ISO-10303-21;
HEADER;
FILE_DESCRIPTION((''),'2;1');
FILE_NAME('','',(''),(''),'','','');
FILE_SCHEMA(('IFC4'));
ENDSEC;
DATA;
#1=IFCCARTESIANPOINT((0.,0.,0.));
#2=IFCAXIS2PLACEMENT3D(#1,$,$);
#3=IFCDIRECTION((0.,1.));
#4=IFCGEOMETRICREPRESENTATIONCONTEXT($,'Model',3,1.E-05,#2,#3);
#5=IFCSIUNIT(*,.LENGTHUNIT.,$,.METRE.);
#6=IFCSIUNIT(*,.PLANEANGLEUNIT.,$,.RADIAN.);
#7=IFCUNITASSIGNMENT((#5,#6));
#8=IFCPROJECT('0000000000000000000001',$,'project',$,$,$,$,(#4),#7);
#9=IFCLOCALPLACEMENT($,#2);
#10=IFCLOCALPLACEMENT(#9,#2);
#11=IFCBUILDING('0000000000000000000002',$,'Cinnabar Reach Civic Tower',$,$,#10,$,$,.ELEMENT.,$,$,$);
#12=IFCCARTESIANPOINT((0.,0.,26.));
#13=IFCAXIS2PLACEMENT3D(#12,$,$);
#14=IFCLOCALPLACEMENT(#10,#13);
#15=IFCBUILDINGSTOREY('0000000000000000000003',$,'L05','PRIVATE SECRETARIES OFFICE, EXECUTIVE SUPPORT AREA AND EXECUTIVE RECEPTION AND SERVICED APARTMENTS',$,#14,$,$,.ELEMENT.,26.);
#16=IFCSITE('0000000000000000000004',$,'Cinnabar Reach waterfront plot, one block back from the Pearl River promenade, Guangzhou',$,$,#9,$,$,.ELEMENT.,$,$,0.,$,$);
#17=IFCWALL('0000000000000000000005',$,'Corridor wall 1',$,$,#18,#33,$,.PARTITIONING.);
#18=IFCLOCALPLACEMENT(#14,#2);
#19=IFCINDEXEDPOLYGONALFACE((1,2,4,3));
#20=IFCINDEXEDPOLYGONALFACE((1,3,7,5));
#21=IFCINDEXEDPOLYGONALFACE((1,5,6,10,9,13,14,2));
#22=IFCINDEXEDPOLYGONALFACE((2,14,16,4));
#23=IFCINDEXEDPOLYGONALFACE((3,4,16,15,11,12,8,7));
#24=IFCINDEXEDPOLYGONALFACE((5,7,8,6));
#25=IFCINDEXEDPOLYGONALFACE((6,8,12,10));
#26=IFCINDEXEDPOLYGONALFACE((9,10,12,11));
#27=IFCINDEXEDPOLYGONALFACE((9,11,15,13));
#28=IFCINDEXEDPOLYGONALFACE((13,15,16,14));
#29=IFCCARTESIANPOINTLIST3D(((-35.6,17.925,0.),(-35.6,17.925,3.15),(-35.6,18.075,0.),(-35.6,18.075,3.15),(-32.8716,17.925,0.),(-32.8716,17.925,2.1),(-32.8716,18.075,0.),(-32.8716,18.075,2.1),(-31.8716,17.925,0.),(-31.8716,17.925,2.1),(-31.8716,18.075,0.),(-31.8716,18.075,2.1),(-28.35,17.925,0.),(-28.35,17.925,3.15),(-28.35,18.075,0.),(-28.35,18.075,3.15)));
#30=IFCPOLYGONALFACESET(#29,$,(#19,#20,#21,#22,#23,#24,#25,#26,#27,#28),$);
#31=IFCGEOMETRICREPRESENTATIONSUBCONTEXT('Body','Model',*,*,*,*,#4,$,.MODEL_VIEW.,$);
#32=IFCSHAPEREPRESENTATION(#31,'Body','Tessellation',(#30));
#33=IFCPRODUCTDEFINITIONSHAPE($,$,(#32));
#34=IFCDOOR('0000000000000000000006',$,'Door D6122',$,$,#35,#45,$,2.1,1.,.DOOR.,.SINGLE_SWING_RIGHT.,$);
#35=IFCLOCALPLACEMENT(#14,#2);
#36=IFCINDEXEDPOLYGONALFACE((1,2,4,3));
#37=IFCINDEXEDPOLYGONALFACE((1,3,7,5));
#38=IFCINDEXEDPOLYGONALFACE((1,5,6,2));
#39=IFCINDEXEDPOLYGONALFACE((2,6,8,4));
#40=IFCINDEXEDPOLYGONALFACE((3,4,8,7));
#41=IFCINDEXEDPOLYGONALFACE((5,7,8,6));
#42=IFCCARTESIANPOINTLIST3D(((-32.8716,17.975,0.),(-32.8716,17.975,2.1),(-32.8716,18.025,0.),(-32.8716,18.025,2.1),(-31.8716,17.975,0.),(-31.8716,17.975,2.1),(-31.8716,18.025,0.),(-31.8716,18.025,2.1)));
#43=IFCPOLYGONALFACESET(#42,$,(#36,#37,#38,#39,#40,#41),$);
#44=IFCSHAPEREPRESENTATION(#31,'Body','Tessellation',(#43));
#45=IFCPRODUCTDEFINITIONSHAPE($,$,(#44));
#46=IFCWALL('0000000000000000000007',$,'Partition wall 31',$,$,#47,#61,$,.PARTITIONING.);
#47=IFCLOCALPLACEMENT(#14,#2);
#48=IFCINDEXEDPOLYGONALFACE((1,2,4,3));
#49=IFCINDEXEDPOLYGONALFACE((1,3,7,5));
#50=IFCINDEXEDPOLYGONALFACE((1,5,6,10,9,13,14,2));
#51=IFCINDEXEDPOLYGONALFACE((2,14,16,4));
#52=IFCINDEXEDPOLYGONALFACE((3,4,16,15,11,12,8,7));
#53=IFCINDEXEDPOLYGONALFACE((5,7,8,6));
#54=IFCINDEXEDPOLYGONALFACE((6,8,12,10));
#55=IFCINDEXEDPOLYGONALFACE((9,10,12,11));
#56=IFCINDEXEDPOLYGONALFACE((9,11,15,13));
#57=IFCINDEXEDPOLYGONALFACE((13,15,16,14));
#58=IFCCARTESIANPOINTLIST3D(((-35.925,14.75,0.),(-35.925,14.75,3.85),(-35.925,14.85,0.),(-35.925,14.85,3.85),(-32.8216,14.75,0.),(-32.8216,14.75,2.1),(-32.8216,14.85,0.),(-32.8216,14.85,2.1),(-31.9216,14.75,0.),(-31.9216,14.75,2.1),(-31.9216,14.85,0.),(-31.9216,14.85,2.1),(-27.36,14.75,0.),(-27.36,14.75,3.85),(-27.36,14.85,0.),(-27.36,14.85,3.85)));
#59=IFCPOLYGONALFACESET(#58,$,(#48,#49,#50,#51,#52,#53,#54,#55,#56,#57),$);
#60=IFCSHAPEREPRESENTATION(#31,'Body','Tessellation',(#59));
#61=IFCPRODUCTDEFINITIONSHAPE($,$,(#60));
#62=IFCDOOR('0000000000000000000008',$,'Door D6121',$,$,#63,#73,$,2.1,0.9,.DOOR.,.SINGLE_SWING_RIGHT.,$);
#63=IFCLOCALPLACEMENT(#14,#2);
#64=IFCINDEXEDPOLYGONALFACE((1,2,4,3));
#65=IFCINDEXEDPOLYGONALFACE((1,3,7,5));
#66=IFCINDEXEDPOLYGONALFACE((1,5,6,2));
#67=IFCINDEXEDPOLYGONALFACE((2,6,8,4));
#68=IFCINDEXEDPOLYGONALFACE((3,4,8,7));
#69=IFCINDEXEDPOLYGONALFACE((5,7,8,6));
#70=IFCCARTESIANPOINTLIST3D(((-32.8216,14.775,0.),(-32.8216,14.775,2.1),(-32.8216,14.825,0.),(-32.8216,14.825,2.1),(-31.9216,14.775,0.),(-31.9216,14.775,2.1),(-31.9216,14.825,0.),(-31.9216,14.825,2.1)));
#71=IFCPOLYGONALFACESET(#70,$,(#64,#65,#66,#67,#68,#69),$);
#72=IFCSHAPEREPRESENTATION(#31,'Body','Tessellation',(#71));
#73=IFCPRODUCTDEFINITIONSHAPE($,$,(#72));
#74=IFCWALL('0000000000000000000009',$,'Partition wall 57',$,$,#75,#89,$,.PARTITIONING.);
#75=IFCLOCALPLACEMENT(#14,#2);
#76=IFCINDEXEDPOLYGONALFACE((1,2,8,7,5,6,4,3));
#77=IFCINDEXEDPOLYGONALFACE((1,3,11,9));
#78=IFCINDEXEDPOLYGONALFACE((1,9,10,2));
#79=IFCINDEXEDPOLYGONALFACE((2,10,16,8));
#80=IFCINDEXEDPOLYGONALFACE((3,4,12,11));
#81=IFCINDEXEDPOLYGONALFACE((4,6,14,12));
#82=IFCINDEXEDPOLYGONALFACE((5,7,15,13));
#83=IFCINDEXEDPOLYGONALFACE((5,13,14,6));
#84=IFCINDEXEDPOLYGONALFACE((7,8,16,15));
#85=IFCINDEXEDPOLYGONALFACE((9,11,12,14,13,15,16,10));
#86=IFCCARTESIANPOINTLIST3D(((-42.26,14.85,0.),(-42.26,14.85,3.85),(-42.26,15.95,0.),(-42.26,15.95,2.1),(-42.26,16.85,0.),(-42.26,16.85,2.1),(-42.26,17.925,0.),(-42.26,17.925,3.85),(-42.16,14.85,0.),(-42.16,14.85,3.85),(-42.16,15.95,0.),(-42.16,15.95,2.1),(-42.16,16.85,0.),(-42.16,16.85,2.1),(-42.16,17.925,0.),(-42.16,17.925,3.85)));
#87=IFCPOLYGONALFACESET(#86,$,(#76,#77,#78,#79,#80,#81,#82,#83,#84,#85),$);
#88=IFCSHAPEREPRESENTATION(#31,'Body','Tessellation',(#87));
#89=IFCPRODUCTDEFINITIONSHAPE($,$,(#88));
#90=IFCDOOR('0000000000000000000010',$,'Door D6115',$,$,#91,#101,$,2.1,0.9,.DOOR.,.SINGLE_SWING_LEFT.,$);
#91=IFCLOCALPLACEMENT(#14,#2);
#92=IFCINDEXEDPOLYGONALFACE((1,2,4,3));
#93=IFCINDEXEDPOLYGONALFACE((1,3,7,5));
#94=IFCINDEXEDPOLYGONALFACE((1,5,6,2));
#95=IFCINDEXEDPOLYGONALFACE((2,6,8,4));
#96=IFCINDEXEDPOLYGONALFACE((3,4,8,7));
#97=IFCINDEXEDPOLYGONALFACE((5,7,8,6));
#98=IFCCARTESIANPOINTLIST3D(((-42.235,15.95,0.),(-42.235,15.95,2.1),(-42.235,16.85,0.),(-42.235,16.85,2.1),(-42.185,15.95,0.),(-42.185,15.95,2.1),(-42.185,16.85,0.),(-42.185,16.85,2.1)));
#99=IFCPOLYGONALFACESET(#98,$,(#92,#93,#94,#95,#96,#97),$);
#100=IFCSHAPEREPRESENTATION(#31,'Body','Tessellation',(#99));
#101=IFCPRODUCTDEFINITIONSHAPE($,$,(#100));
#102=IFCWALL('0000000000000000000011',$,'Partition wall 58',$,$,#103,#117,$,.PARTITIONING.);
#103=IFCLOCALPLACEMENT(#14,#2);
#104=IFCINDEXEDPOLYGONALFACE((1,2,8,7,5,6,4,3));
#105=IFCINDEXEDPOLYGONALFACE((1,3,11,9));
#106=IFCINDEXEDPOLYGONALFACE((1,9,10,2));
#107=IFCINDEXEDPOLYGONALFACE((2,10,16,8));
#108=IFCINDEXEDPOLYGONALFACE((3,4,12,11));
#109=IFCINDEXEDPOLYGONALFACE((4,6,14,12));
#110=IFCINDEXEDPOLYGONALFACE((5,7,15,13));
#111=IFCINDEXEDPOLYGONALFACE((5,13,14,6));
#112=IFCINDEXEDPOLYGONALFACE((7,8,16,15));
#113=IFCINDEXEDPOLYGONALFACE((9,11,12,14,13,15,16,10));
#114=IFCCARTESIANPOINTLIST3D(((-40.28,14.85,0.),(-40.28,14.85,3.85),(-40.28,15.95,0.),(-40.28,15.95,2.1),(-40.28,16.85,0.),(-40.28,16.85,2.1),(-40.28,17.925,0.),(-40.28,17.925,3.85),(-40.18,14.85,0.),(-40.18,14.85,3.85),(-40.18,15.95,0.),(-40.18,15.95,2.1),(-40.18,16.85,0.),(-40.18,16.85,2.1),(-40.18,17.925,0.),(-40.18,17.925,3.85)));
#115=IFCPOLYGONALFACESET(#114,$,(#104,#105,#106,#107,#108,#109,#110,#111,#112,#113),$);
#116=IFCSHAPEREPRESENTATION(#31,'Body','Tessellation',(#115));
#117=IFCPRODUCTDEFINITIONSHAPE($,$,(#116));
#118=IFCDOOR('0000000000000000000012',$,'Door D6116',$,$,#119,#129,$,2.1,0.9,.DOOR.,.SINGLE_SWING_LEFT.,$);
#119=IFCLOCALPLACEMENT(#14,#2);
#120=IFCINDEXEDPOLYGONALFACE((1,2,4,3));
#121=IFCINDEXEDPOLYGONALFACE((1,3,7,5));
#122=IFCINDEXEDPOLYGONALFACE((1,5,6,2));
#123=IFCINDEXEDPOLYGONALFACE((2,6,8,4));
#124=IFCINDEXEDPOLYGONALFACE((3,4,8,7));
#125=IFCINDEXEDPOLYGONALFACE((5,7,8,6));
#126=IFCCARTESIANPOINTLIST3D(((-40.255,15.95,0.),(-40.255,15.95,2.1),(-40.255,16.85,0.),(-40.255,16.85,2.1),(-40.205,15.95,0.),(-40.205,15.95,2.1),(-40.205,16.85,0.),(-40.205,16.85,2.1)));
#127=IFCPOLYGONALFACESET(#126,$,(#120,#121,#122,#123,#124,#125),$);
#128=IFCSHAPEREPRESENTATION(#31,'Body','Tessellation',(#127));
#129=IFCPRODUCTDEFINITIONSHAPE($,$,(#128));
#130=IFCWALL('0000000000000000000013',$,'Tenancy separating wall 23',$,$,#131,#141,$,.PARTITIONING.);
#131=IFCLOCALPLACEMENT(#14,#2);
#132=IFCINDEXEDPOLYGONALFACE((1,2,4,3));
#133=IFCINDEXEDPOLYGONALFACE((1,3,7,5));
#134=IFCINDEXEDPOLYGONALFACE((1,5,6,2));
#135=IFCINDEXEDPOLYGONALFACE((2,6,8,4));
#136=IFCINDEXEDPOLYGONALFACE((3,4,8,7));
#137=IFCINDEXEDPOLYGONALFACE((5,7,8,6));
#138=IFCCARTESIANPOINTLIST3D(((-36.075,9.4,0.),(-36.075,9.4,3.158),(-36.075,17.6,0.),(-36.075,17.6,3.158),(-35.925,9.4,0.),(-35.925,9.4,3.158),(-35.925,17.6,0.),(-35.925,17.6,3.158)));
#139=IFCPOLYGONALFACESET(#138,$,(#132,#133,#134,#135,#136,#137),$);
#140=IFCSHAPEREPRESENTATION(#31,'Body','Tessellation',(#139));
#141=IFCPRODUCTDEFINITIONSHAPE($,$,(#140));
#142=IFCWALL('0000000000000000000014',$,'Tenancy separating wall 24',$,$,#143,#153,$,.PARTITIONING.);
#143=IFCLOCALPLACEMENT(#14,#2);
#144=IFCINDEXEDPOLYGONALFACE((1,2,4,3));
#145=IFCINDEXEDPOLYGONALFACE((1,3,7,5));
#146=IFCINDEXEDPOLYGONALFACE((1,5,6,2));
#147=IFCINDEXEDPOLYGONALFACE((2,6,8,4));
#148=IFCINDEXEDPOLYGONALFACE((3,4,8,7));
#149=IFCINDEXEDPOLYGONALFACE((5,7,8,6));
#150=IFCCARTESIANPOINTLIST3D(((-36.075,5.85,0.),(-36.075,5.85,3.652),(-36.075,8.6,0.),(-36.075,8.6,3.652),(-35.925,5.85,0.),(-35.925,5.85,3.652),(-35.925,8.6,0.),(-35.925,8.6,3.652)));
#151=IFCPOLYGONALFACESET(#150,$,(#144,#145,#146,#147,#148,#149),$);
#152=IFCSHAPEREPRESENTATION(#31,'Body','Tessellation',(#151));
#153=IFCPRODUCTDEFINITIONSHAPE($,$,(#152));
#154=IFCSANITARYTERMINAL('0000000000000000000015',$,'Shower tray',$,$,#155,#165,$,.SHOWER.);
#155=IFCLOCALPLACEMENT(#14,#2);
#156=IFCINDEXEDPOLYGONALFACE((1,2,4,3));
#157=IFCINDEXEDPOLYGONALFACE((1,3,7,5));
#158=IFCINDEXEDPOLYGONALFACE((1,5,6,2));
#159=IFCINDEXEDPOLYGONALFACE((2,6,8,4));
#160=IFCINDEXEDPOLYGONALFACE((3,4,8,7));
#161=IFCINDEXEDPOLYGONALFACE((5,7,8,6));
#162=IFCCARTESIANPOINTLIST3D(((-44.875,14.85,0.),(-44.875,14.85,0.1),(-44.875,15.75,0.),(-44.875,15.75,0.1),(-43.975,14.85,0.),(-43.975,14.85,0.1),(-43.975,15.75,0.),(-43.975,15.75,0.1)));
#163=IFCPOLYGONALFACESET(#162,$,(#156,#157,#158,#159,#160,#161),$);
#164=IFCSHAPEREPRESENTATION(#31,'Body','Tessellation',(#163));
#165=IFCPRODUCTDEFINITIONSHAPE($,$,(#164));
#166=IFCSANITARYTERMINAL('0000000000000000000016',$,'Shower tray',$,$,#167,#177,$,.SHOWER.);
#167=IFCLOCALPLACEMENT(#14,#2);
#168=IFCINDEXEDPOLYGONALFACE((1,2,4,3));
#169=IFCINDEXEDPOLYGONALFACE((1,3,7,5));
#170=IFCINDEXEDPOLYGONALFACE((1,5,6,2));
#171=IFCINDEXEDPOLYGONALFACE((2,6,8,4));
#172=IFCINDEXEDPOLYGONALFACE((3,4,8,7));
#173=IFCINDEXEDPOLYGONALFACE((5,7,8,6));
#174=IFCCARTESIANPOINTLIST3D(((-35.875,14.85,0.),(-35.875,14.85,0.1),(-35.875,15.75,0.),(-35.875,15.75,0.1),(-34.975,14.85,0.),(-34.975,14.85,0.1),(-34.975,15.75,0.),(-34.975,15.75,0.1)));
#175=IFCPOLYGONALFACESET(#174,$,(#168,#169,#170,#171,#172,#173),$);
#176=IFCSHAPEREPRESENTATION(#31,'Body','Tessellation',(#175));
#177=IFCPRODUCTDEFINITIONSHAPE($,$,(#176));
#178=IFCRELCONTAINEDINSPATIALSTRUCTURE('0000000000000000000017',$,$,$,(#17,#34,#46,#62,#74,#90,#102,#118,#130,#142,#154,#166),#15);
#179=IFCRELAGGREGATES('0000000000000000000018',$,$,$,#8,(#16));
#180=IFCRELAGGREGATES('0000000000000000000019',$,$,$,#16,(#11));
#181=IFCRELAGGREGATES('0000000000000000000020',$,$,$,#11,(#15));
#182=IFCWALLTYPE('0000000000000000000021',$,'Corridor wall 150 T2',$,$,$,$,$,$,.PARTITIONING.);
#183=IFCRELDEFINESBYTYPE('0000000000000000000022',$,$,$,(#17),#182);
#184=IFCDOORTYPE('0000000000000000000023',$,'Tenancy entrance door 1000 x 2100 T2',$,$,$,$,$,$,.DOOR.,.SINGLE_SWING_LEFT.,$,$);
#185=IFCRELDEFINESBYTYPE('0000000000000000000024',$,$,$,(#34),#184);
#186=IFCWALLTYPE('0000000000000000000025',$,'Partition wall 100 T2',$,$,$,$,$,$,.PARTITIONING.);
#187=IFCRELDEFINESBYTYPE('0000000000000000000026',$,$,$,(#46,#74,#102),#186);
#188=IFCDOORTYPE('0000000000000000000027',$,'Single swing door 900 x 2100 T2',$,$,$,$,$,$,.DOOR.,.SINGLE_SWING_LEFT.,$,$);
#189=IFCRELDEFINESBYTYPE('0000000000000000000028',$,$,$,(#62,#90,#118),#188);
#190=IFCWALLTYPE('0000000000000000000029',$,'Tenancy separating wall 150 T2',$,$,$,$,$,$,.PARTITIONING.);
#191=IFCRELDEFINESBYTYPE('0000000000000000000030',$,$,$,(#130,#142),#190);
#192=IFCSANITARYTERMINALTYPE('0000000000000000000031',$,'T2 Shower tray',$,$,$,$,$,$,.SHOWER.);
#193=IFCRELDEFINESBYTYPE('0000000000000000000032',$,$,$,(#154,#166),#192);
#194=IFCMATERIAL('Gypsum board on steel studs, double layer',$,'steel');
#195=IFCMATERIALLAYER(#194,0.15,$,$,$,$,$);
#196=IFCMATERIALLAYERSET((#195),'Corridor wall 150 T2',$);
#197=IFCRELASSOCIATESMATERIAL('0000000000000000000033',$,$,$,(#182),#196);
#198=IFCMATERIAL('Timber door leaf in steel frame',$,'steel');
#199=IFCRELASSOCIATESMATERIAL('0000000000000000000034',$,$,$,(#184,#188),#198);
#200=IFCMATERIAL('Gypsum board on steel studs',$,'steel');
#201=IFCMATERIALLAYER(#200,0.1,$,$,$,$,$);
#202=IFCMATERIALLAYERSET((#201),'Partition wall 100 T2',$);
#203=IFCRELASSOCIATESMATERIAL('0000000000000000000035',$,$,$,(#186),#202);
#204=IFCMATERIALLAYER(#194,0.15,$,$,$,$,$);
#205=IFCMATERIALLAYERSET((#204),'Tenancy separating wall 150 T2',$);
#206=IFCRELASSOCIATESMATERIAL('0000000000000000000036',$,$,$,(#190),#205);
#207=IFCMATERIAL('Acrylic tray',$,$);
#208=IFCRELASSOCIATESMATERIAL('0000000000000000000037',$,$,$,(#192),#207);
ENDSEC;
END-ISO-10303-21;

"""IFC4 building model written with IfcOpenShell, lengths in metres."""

from ifc_helpers import new_model, si_unit, direction, frame, frame_2d, origin, origin_2d, place, context, subcontext, project, spatial, rectangle, extrude, material, layer, layer_set, type_object, element, fill, save


model = new_model("IFC4")

# Units and contexts
model_context = context("Model", 3, precision=1e-05, world=origin(), true_north=direction((0.0, 1.0)))
body_context = subcontext(model_context, "Body", "Model", "MODEL_VIEW")
ifc_project = project(units=[si_unit("LENGTHUNIT", "METRE"), si_unit("PLANEANGLEUNIT", "RADIAN")], contexts=[model_context])

# Site, building, storey
site_placement = place(None, origin())
site = spatial("IfcSite", under=ifc_project, at=site_placement, Name="Cinnabar Reach waterfront plot, one block back from the Pearl River promenade, Guangzhou", CompositionType="ELEMENT", RefElevation=0.0)
building_placement = place(site_placement, origin())
building = spatial("IfcBuilding", under=site, at=building_placement, Name="Cinnabar Reach Civic Tower", CompositionType="ELEMENT")
storey_placement = place(building_placement, frame((0.0, 0.0, 26.0)))
storey = spatial("IfcBuildingStorey", under=building, at=storey_placement, Name="L05", Description="PRIVATE SECRETARIES OFFICE, EXECUTIVE SUPPORT AREA AND EXECUTIVE RECEPTION AND SERVICED APARTMENTS", CompositionType="ELEMENT", Elevation=26.0)

# Walls, openings, doors
ifc_material_1 = material(Name="Gypsum board on steel studs, double layer", Category="steel")
ifc_layer_1 = layer(ifc_material_1, 0.15)
ifc_layer_set_1 = layer_set([ifc_layer_1], Name="Corridor wall 150 T2")
wall_type_1 = type_object("IfcWallType", Name="Corridor wall 150 T2", PredefinedType="PARTITIONING", material=ifc_layer_set_1)
wall_1_placement = place(storey_placement, frame((-35.6, 18.0, 0.0), z_axis=(0.0, 0.0, 1.0), x_axis=(1.0, 0.0, 0.0)))
wall_1 = element("IfcWall", 1, at=wall_1_placement, inside=storey, type_object=wall_type_1, Name="Corridor wall 1", PredefinedType="PARTITIONING", context=body_context, shape_type="SweptSolid", body=[
    extrude(rectangle(XDim=7.25, YDim=0.15, at=frame_2d((3.625, 0.0))), origin(), (0.0, 0.0, 1.0), 3.15),
])
opening_1_placement = place(wall_1_placement, frame((2.7284, 0.0, 0.0)))
opening_1 = element("IfcOpeningElement", 2, at=opening_1_placement, cuts=wall_1, PredefinedType="OPENING", context=body_context, shape_type="SweptSolid", body=[
    extrude(rectangle(XDim=1.0, YDim=2.1, at=frame_2d((0.5, 1.05))), frame((0.0, 0.085, 0.0), z_axis=(0.0, -1.0, 0.0), x_axis=(1.0, 0.0, 0.0)), (0.0, 0.0, 1.0), 0.17),
])
ifc_material_2 = material(Name="Timber door leaf in steel frame", Category="steel")
door_type_1 = type_object("IfcDoorType", Name="Tenancy entrance door 1000 x 2100 T2", OperationType="SINGLE_SWING_LEFT", PredefinedType="DOOR", material=ifc_material_2)
door_1_placement = place(opening_1_placement, frame((1.0, 0.0, 0.0), z_axis=(0.0, 0.0, 1.0), x_axis=(-1.0, 0.0, 0.0)))
door_1 = element("IfcDoor", 3, at=door_1_placement, inside=storey, type_object=door_type_1, Name="Door D6122", OperationType="SINGLE_SWING_RIGHT", OverallHeight=2.1, OverallWidth=1.0, PredefinedType="DOOR", context=body_context, shape_type="SweptSolid", body=[
    extrude(rectangle(XDim=1.0, YDim=2.1, at=frame_2d((0.5, 1.05))), frame((0.0, 0.025, 0.0), z_axis=(0.0, -1.0, 0.0), x_axis=(1.0, 0.0, 0.0)), (0.0, 0.0, 1.0), 0.05),
])
fill(opening_1, door_1)
ifc_material_3 = material(Name="Gypsum board on steel studs", Category="steel")
ifc_layer_2 = layer(ifc_material_3, 0.1)
ifc_layer_set_2 = layer_set([ifc_layer_2], Name="Partition wall 100 T2")
wall_type_2 = type_object("IfcWallType", Name="Partition wall 100 T2", PredefinedType="PARTITIONING", material=ifc_layer_set_2)
wall_2_placement = place(storey_placement, frame((-35.925, 14.8, 0.0), z_axis=(0.0, 0.0, 1.0), x_axis=(1.0, 0.0, 0.0)))
wall_2 = element("IfcWall", 4, at=wall_2_placement, inside=storey, type_object=wall_type_2, Name="Partition wall 31", PredefinedType="PARTITIONING", context=body_context, shape_type="SweptSolid", body=[
    extrude(rectangle(XDim=8.565, YDim=0.1, at=frame_2d((4.2825, 0.0))), origin(), (0.0, 0.0, 1.0), 3.85),
])
opening_2_placement = place(wall_2_placement, frame((3.1034, 0.0, 0.0)))
opening_2 = element("IfcOpeningElement", 5, at=opening_2_placement, cuts=wall_2, PredefinedType="OPENING", context=body_context, shape_type="SweptSolid", body=[
    extrude(rectangle(XDim=0.9, YDim=2.1, at=frame_2d((0.45, 1.05))), frame((0.0, 0.06, 0.0), z_axis=(0.0, -1.0, 0.0), x_axis=(1.0, 0.0, 0.0)), (0.0, 0.0, 1.0), 0.12),
])
door_type_2 = type_object("IfcDoorType", Name="Single swing door 900 x 2100 T2", OperationType="SINGLE_SWING_LEFT", PredefinedType="DOOR", material=ifc_material_2)
door_2_placement = place(opening_2_placement, origin())
door_2 = element("IfcDoor", 6, at=door_2_placement, inside=storey, type_object=door_type_2, Name="Door D6121", OperationType="SINGLE_SWING_RIGHT", OverallHeight=2.1, OverallWidth=0.9, PredefinedType="DOOR", context=body_context, shape_type="SweptSolid", body=[
    extrude(rectangle(XDim=0.9, YDim=2.1, at=frame_2d((0.45, 1.05))), frame((0.0, 0.025, 0.0), z_axis=(0.0, -1.0, 0.0), x_axis=(1.0, 0.0, 0.0)), (0.0, 0.0, 1.0), 0.05),
])
fill(opening_2, door_2)
wall_3_placement = place(storey_placement, frame((-42.21, 14.85, 0.0), z_axis=(0.0, 0.0, 1.0), x_axis=(0.0, 1.0, 0.0)))
wall_3 = element("IfcWall", 7, at=wall_3_placement, inside=storey, type_object=wall_type_2, Name="Partition wall 57", PredefinedType="PARTITIONING", context=body_context, shape_type="SweptSolid", body=[
    extrude(rectangle(XDim=3.075, YDim=0.1, at=frame_2d((1.5375, 0.0))), origin(), (0.0, 0.0, 1.0), 3.85),
])
opening_3_placement = place(wall_3_placement, frame((1.1, 0.0, 0.0)))
opening_3 = element("IfcOpeningElement", 8, at=opening_3_placement, cuts=wall_3, PredefinedType="OPENING", context=body_context, shape_type="SweptSolid", body=[
    extrude(rectangle(XDim=0.9, YDim=2.1, at=frame_2d((0.45, 1.05))), frame((0.0, 0.06, 0.0), z_axis=(0.0, -1.0, 0.0), x_axis=(1.0, 0.0, 0.0)), (0.0, 0.0, 1.0), 0.12),
])
door_3_placement = place(opening_3_placement, origin())
door_3 = element("IfcDoor", 9, at=door_3_placement, inside=storey, type_object=door_type_2, Name="Door D6115", OperationType="SINGLE_SWING_LEFT", OverallHeight=2.1, OverallWidth=0.9, PredefinedType="DOOR", context=body_context, shape_type="SweptSolid", body=[
    extrude(rectangle(XDim=0.9, YDim=2.1, at=frame_2d((0.45, 1.05))), frame((0.0, 0.025, 0.0), z_axis=(0.0, -1.0, 0.0), x_axis=(1.0, 0.0, 0.0)), (0.0, 0.0, 1.0), 0.05),
])
fill(opening_3, door_3)
wall_4_placement = place(storey_placement, frame((-40.23, 14.85, 0.0), z_axis=(0.0, 0.0, 1.0), x_axis=(0.0, 1.0, 0.0)))
wall_4 = element("IfcWall", 10, at=wall_4_placement, inside=storey, type_object=wall_type_2, Name="Partition wall 58", PredefinedType="PARTITIONING", context=body_context, shape_type="SweptSolid", body=[
    extrude(rectangle(XDim=3.075, YDim=0.1, at=frame_2d((1.5375, 0.0))), origin(), (0.0, 0.0, 1.0), 3.85),
])
opening_4_placement = place(wall_4_placement, frame((1.1, 0.0, 0.0)))
opening_4 = element("IfcOpeningElement", 11, at=opening_4_placement, cuts=wall_4, PredefinedType="OPENING", context=body_context, shape_type="SweptSolid", body=[
    extrude(rectangle(XDim=0.9, YDim=2.1, at=frame_2d((0.45, 1.05))), frame((0.0, 0.06, 0.0), z_axis=(0.0, -1.0, 0.0), x_axis=(1.0, 0.0, 0.0)), (0.0, 0.0, 1.0), 0.12),
])
door_4_placement = place(opening_4_placement, origin())
door_4 = element("IfcDoor", 12, at=door_4_placement, inside=storey, type_object=door_type_2, Name="Door D6116", OperationType="SINGLE_SWING_LEFT", OverallHeight=2.1, OverallWidth=0.9, PredefinedType="DOOR", context=body_context, shape_type="SweptSolid", body=[
    extrude(rectangle(XDim=0.9, YDim=2.1, at=frame_2d((0.45, 1.05))), frame((0.0, 0.025, 0.0), z_axis=(0.0, -1.0, 0.0), x_axis=(1.0, 0.0, 0.0)), (0.0, 0.0, 1.0), 0.05),
])
fill(opening_4, door_4)

# Walls
ifc_layer_3 = layer(ifc_material_1, 0.15)
ifc_layer_set_3 = layer_set([ifc_layer_3], Name="Tenancy separating wall 150 T2")
wall_type_3 = type_object("IfcWallType", Name="Tenancy separating wall 150 T2", PredefinedType="PARTITIONING", material=ifc_layer_set_3)
wall_5_placement = place(storey_placement, frame((-36.0, 9.4, 0.0), z_axis=(0.0, 0.0, 1.0), x_axis=(0.0, 1.0, 0.0)))
element("IfcWall", 13, at=wall_5_placement, inside=storey, type_object=wall_type_3, Name="Tenancy separating wall 23", PredefinedType="PARTITIONING", context=body_context, shape_type="SweptSolid", body=[
    extrude(rectangle(XDim=8.2, YDim=0.15, at=frame_2d((4.1, 0.0))), origin(), (0.0, 0.0, 1.0), 3.158),
])
wall_6_placement = place(storey_placement, frame((-36.0, 5.85, 0.0), z_axis=(0.0, 0.0, 1.0), x_axis=(0.0, 1.0, 0.0)))
element("IfcWall", 14, at=wall_6_placement, inside=storey, type_object=wall_type_3, Name="Tenancy separating wall 24", PredefinedType="PARTITIONING", context=body_context, shape_type="SweptSolid", body=[
    extrude(rectangle(XDim=2.75, YDim=0.15, at=frame_2d((1.375, 0.0))), origin(), (0.0, 0.0, 1.0), 3.652),
])

# Sanitary terminals
ifc_material_4 = material(Name="Acrylic tray")
sanitary_terminal_type_1 = type_object("IfcSanitaryTerminalType", Name="T2 Shower tray", PredefinedType="SHOWER", material=ifc_material_4)
for number, where, z_axis, x_axis, name in (
    (15, (-44.425, 15.3, 0.0), (0.0, 0.0, 1.0), (1.0, 0.0, 0.0), "Shower tray"),
    (16, (-35.425, 15.3, 0.0), (0.0, 0.0, 1.0), (1.0, 0.0, 0.0), "Shower tray"),
):
    element("IfcSanitaryTerminal", number, at=place(storey_placement, frame(where, z_axis=z_axis, x_axis=x_axis)), inside=storey, type_object=sanitary_terminal_type_1, Name=name, PredefinedType="SHOWER", context=body_context, shape_type="SweptSolid", body=[
        extrude(rectangle(XDim=0.9, YDim=0.9, at=origin_2d()), origin(), (0.0, 0.0, 1.0), 0.1),
    ])

save(model, "model.ifc")
